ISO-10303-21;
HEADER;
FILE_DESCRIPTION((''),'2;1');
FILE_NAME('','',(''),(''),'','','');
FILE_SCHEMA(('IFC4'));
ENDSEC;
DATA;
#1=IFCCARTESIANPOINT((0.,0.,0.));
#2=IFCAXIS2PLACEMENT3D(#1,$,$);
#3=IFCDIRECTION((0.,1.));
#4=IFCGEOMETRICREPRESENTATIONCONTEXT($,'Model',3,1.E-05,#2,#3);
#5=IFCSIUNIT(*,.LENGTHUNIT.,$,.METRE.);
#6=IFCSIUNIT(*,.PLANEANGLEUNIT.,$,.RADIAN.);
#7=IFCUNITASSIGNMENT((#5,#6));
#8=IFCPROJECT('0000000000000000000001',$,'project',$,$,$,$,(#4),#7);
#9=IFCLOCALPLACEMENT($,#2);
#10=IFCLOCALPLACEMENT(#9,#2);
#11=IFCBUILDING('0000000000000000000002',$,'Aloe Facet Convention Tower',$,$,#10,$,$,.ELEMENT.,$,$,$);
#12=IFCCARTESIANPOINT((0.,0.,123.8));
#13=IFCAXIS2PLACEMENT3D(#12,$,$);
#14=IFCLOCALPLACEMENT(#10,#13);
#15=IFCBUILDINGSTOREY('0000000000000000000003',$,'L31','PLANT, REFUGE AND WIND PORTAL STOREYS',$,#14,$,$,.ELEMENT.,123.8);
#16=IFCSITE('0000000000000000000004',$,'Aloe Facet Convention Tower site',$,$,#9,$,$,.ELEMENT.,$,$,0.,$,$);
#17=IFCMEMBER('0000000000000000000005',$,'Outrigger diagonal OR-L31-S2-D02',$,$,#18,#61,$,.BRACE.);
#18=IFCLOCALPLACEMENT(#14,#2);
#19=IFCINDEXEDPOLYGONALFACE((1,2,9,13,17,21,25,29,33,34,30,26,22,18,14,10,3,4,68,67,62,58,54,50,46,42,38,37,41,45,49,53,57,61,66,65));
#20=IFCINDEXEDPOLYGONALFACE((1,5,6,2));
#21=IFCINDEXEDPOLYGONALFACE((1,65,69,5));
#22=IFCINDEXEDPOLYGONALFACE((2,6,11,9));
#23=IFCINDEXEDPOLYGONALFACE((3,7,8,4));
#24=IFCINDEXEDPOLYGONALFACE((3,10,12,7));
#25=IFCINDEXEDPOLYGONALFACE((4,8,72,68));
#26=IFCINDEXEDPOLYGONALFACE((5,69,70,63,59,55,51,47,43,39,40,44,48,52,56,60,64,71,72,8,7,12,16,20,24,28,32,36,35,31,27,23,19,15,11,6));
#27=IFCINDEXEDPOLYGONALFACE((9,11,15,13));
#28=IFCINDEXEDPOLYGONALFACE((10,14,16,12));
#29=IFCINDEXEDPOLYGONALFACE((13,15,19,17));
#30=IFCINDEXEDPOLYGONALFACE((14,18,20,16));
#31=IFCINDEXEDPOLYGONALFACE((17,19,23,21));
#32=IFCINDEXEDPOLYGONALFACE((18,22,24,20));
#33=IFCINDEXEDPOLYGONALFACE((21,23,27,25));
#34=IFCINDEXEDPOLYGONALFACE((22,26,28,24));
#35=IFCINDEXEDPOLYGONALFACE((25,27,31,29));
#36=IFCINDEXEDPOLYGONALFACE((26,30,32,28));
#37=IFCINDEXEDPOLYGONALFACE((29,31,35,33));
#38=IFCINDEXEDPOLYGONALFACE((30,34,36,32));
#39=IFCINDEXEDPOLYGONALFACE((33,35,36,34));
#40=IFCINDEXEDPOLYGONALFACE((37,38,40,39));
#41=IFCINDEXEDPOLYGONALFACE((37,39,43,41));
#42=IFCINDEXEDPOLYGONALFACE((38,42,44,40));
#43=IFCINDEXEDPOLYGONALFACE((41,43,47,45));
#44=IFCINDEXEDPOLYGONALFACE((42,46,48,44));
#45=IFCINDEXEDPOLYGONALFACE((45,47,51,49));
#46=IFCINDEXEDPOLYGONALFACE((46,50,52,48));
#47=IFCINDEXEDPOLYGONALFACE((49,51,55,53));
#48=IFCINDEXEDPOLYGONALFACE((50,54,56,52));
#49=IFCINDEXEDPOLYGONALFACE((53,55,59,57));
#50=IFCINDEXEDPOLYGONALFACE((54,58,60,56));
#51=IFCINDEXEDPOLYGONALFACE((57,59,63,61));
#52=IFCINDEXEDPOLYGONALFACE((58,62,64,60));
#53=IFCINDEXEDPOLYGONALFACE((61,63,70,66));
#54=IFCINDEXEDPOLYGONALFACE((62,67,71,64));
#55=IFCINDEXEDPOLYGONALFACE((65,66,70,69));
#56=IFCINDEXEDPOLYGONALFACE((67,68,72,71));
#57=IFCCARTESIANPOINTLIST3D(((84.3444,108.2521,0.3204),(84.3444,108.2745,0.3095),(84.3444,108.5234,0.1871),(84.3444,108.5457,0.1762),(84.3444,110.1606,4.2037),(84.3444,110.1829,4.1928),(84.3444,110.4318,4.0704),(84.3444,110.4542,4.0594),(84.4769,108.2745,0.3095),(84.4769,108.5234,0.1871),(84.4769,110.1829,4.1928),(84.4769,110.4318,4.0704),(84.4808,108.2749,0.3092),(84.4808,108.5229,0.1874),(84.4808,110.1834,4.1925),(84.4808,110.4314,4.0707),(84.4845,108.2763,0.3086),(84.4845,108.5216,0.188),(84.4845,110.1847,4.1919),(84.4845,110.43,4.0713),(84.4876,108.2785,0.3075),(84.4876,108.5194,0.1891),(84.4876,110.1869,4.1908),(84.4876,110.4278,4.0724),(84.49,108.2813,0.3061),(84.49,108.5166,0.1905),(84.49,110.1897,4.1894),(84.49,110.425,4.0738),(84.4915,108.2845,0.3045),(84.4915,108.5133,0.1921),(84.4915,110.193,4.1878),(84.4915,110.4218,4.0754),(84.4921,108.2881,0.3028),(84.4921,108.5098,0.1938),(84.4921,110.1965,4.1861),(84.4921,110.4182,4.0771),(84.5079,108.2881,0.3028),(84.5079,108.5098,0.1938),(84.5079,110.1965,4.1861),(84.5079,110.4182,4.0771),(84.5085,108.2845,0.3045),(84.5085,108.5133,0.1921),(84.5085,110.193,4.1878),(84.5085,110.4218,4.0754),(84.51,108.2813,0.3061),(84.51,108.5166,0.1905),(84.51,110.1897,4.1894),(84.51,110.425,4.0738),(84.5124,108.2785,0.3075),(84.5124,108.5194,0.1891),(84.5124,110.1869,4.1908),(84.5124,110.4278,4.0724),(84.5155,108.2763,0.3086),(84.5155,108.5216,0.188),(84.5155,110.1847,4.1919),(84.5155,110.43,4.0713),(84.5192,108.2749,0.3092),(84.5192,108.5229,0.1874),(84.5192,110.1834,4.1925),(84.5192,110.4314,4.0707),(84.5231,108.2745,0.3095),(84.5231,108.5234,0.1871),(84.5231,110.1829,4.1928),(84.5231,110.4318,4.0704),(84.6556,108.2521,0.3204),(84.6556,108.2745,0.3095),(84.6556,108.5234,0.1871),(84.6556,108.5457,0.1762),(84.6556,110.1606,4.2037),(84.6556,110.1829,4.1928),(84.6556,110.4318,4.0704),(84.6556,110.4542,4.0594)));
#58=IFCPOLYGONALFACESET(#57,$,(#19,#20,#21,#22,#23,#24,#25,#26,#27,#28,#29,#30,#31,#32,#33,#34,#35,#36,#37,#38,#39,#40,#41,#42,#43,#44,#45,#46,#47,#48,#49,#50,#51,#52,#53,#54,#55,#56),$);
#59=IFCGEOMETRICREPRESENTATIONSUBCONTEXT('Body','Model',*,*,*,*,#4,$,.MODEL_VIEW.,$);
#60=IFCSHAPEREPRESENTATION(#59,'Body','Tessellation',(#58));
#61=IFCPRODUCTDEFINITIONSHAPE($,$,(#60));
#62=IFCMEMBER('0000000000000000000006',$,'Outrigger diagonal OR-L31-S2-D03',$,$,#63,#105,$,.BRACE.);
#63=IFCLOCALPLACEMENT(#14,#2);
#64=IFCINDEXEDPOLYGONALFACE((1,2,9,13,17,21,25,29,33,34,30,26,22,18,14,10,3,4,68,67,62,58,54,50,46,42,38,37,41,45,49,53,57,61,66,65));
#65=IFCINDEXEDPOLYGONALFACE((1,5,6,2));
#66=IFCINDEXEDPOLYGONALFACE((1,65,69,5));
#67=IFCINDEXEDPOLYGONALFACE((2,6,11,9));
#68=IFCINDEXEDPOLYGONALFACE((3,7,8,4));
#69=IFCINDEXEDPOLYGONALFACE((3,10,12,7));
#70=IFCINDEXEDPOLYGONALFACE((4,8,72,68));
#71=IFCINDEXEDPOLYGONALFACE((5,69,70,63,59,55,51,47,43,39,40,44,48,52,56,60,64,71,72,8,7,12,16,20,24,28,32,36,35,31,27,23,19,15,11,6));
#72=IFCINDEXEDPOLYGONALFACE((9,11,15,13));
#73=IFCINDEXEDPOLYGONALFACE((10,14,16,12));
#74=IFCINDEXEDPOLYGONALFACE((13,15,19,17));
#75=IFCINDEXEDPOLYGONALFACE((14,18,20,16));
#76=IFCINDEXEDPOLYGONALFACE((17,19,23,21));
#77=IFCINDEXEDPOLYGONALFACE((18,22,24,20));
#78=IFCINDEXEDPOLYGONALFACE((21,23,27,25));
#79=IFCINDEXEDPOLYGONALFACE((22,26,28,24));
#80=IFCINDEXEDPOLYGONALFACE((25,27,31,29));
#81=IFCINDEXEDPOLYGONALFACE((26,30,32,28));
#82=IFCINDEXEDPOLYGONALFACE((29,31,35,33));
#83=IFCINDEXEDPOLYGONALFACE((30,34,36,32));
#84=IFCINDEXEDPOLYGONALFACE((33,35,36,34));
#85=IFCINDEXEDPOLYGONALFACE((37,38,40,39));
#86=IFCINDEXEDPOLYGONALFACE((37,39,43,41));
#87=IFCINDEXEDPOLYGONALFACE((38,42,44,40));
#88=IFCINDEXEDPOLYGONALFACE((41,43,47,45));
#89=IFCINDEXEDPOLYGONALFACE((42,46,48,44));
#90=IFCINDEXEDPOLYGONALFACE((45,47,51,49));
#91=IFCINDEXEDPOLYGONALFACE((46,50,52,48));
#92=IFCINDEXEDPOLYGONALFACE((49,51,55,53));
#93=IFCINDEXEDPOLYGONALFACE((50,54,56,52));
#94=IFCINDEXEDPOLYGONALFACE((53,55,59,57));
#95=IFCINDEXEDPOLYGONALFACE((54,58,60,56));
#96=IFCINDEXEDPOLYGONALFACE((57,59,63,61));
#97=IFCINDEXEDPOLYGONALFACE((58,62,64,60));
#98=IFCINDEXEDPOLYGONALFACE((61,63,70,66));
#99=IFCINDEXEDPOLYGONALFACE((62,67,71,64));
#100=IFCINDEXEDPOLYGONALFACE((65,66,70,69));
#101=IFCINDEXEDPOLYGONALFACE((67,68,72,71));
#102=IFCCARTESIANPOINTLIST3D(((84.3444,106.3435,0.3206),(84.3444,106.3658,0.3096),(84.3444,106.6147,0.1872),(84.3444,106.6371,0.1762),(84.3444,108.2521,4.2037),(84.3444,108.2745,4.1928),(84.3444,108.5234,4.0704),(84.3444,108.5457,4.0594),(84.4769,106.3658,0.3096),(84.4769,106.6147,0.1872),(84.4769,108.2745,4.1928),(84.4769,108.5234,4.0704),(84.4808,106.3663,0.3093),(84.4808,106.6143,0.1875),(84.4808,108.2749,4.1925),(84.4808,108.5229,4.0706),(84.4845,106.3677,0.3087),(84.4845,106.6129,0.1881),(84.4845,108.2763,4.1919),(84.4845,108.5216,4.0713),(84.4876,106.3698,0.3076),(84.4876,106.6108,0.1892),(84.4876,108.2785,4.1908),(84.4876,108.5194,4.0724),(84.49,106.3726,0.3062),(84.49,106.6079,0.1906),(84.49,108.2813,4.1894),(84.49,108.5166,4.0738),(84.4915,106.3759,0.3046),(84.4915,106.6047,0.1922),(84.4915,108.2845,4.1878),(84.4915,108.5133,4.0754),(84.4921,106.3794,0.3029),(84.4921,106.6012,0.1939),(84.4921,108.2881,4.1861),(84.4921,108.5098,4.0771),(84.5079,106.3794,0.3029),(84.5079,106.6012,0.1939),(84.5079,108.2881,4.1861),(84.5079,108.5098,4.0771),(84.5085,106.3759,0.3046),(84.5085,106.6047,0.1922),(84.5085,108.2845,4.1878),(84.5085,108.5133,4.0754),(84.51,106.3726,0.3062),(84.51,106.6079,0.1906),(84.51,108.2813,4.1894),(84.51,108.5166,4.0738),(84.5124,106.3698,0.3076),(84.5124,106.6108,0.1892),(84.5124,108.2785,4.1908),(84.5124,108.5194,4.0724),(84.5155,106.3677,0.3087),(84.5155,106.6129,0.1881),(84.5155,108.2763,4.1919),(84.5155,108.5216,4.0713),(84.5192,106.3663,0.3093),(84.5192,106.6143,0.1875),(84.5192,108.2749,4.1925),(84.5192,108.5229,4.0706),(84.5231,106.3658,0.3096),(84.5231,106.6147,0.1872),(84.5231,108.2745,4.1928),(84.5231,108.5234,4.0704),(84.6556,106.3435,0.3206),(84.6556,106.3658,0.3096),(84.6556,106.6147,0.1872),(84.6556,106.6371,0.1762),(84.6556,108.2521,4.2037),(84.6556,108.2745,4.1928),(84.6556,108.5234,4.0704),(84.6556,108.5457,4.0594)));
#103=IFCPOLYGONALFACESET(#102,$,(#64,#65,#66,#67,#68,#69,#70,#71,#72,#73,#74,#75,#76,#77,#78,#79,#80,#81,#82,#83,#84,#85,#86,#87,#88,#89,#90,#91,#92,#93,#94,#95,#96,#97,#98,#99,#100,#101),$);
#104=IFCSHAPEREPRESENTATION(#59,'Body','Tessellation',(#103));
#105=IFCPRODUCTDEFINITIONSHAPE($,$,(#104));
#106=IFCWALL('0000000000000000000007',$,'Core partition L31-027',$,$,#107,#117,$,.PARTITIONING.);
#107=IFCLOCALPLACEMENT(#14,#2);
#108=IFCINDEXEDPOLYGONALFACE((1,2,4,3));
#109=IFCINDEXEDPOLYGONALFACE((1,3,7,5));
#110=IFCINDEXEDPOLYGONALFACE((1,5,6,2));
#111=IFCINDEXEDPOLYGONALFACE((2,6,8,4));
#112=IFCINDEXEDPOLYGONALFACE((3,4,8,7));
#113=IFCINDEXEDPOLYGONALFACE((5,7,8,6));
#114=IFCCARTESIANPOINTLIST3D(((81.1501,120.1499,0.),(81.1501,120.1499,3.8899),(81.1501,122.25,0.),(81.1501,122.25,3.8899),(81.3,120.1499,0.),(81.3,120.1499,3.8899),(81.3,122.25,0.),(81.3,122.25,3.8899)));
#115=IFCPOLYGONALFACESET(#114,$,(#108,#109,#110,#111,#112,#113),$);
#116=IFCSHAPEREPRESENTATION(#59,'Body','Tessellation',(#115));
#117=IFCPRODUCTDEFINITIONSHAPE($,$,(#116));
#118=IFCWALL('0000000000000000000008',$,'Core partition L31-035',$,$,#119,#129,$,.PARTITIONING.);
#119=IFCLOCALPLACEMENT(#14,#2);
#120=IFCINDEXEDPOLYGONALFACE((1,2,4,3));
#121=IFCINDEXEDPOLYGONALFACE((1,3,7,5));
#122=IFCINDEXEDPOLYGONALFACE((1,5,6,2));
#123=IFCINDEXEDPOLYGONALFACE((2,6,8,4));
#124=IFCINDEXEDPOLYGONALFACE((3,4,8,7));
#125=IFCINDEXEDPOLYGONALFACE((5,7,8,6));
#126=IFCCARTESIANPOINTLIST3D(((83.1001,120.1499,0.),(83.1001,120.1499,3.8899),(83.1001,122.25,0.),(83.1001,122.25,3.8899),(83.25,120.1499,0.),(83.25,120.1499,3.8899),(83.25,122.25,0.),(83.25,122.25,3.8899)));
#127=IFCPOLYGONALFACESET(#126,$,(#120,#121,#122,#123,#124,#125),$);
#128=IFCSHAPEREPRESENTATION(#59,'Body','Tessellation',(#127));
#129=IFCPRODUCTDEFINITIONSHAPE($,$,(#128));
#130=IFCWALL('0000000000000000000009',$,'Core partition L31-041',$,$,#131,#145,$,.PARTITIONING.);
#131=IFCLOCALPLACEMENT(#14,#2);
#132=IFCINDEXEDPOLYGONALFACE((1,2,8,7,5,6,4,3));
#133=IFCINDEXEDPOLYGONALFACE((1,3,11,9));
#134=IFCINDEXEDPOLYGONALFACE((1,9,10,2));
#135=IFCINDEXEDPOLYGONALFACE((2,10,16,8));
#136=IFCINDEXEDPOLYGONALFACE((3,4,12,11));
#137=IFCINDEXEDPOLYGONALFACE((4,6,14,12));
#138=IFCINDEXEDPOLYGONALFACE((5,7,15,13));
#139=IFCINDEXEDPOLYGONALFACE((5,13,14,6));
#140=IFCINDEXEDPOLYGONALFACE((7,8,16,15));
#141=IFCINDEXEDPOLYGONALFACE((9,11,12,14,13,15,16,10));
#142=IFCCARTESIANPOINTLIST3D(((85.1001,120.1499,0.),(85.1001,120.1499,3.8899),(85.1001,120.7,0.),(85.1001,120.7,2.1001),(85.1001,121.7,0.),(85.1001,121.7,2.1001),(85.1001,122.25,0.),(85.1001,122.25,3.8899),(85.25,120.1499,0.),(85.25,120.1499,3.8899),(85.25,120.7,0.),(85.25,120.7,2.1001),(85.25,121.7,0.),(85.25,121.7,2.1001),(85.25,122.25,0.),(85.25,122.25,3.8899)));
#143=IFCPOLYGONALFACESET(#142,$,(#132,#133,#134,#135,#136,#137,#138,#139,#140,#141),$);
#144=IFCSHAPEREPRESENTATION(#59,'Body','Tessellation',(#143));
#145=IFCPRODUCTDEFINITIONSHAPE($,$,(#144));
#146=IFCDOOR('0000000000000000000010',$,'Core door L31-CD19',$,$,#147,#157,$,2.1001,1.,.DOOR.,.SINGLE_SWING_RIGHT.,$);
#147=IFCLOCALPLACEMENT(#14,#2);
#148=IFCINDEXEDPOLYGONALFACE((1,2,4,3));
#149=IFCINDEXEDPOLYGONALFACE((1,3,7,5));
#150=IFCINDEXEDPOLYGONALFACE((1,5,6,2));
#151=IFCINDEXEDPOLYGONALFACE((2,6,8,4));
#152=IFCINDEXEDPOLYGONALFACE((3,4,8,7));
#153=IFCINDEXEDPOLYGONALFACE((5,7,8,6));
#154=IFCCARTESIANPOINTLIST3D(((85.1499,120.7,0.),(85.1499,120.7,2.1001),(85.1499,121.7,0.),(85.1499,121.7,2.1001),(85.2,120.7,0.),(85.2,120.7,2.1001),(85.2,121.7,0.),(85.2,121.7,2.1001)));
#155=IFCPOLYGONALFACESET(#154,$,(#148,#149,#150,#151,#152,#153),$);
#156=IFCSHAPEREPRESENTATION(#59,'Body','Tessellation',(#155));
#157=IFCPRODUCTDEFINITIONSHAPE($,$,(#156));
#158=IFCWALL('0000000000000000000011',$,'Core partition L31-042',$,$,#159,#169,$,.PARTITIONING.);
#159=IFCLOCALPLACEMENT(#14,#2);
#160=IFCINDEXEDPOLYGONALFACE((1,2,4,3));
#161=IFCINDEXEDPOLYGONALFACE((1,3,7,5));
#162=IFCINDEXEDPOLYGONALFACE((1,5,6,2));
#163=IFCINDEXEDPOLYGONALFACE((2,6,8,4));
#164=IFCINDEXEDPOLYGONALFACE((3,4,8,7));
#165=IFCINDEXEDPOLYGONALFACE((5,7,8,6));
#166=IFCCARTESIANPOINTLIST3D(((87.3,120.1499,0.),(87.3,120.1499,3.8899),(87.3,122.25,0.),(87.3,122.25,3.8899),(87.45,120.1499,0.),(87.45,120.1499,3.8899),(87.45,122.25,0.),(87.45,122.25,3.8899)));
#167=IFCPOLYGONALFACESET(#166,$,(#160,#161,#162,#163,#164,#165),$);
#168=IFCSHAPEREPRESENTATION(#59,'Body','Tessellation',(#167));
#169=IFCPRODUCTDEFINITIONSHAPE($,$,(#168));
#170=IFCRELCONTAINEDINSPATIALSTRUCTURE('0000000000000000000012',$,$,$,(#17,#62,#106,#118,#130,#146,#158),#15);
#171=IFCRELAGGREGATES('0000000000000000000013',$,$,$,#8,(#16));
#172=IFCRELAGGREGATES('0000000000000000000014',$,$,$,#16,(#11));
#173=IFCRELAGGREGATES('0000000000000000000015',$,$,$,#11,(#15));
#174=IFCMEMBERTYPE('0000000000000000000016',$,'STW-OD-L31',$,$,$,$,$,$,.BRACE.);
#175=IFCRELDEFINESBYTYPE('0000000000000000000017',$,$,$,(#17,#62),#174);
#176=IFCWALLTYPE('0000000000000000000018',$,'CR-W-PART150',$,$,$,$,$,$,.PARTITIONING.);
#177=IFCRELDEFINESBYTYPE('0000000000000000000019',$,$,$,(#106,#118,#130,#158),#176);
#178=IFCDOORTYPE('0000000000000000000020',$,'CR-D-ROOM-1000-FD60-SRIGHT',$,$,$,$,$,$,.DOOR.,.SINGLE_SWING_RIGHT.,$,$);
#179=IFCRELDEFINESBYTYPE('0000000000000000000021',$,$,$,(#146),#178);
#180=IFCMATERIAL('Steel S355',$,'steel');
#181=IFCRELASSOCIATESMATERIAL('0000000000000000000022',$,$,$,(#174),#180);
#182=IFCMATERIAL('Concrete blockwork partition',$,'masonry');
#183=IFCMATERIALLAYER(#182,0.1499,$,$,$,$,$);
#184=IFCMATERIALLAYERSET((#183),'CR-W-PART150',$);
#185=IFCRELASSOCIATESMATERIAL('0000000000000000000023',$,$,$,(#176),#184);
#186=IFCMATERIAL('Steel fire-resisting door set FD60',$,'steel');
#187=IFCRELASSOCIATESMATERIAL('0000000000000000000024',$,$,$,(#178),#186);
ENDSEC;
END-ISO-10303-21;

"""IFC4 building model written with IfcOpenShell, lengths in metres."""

from ifc_helpers import new_model, si_unit, direction, frame, frame_2d, origin, origin_2d, place, context, subcontext, project, spatial, rectangle, i_section, extrude, material, layer, layer_set, material_profile, profile_set, type_object, element, fill, save


model = new_model("IFC4")

# Units and contexts
model_context = context("Model", 3, precision=1e-05, world=origin(), true_north=direction((0.0, 1.0)))
body_context = subcontext(model_context, "Body", "Model", "MODEL_VIEW")
ifc_project = project(units=[si_unit("LENGTHUNIT", "METRE"), si_unit("PLANEANGLEUNIT", "RADIAN")], contexts=[model_context])

# Site, building, storey
site_placement = place(None, origin())
site = spatial("IfcSite", under=ifc_project, at=site_placement, Name="Aloe Facet Convention Tower site", CompositionType="ELEMENT", RefElevation=0.0)
building_placement = place(site_placement, origin())
building = spatial("IfcBuilding", under=site, at=building_placement, Name="Aloe Facet Convention Tower", CompositionType="ELEMENT")
storey_placement = place(building_placement, frame((0.0, 0.0, 123.8)))
storey = spatial("IfcBuildingStorey", under=building, at=storey_placement, Name="L31", Description="PLANT, REFUGE AND WIND PORTAL STOREYS", CompositionType="ELEMENT", Elevation=123.8)

# Members
ifc_material_1 = material(Name="Steel S355", Category="steel")
ifc_material_profile_1 = material_profile(ifc_material_1, i_section(OverallWidth=0.3113, OverallDepth=0.3271, WebThickness=0.0159, FlangeThickness=0.0249, FilletRadius=0.0151, at=origin_2d()), Name="UC 305x305x158")
ifc_profile_set_1 = profile_set([ifc_material_profile_1], Name="Steel S355")
member_type = type_object("IfcMemberType", Name="STW-OD-L31", PredefinedType="BRACE", material=ifc_profile_set_1)
for number, where, z_axis, x_axis, name in (
    (1, (84.5, 110.3074, 4.1316), (0.0, -0.441064, -0.897476), (1.0, 0.0, 0.0), "Outrigger diagonal OR-L31-S2-D02"),
    (2, (84.5, 108.3989, 4.1316), (0.0, -0.44111, -0.897453), (1.0, 0.0, 0.0), "Outrigger diagonal OR-L31-S2-D03"),
):
    element("IfcMember", number, at=place(storey_placement, frame(where, z_axis=z_axis, x_axis=x_axis)), inside=storey, type_object=member_type, Name=name, PredefinedType="BRACE", context=body_context, shape_type="SweptSolid", body=[
        extrude(i_section(OverallWidth=0.3113, OverallDepth=0.3271, WebThickness=0.0159, FlangeThickness=0.0249, FilletRadius=0.0151, at=origin_2d()), origin(), (0.0, 0.0, 1.0), 4.3269),
    ])

# Walls
ifc_material_2 = material(Name="Concrete blockwork partition", Category="masonry")
ifc_layer_1 = layer(ifc_material_2, 0.1499)
ifc_layer_set_1 = layer_set([ifc_layer_1], Name="CR-W-PART150")
wall_type_1 = type_object("IfcWallType", Name="CR-W-PART150", PredefinedType="PARTITIONING", material=ifc_layer_set_1)
for number, where, z_axis, x_axis, name in (
    (3, (81.2251, 122.25, 0.0), (0.0, 0.0, 1.0), (0.0, -1.0, 0.0), "Core partition L31-027"),
    (4, (83.175, 122.25, 0.0), (0.0, 0.0, 1.0), (0.0, -1.0, 0.0), "Core partition L31-035"),
):
    element("IfcWall", number, at=place(storey_placement, frame(where, z_axis=z_axis, x_axis=x_axis)), inside=storey, type_object=wall_type_1, Name=name, PredefinedType="PARTITIONING", context=body_context, shape_type="SweptSolid", body=[
        extrude(rectangle(XDim=2.1001, YDim=0.1499, at=frame_2d((1.05, 0.0))), origin(), (0.0, 0.0, 1.0), 3.8899),
    ])

# Wall, opening, door
wall_1_placement = place(storey_placement, frame((85.175, 122.25, 0.0), z_axis=(0.0, 0.0, 1.0), x_axis=(0.0, -1.0, 0.0)))
wall_1 = element("IfcWall", 5, at=wall_1_placement, inside=storey, type_object=wall_type_1, Name="Core partition L31-041", PredefinedType="PARTITIONING", context=body_context, shape_type="SweptSolid", body=[
    extrude(rectangle(XDim=2.1001, YDim=0.1499, at=frame_2d((1.05, 0.0))), origin(), (0.0, 0.0, 1.0), 3.8899),
])
opening_1_placement = place(wall_1_placement, frame((0.55, 0.0, 0.0)))
opening_1 = element("IfcOpeningElement", 6, at=opening_1_placement, cuts=wall_1, PredefinedType="OPENING", context=body_context, shape_type="SweptSolid", body=[
    extrude(rectangle(XDim=1.0, YDim=2.1001, at=frame_2d((0.5, 1.05))), frame((0.0, 0.085, 0.0), z_axis=(0.0, -1.0, 0.0), x_axis=(1.0, 0.0, 0.0)), (0.0, 0.0, 1.0), 0.1699),
])
ifc_material_3 = material(Name="Steel fire-resisting door set FD60", Category="steel")
door_type_1 = type_object("IfcDoorType", Name="CR-D-ROOM-1000-FD60-SRIGHT", OperationType="SINGLE_SWING_RIGHT", PredefinedType="DOOR", material=ifc_material_3)
door_1_placement = place(opening_1_placement, origin())
door_1 = element("IfcDoor", 7, at=door_1_placement, inside=storey, type_object=door_type_1, Name="Core door L31-CD19", OperationType="SINGLE_SWING_RIGHT", OverallHeight=2.1001, OverallWidth=1.0, PredefinedType="DOOR", context=body_context, shape_type="SweptSolid", body=[
    extrude(rectangle(XDim=1.0, YDim=2.1001, at=frame_2d((0.5, 1.05))), frame((0.0, 0.0249, 0.0), z_axis=(0.0, -1.0, 0.0), x_axis=(1.0, 0.0, 0.0)), (0.0, 0.0, 1.0), 0.05),
])
fill(opening_1, door_1)

# Wall
wall_2_placement = place(storey_placement, frame((87.375, 122.25, 0.0), z_axis=(0.0, 0.0, 1.0), x_axis=(0.0, -1.0, 0.0)))
element("IfcWall", 8, at=wall_2_placement, inside=storey, type_object=wall_type_1, Name="Core partition L31-042", PredefinedType="PARTITIONING", context=body_context, shape_type="SweptSolid", body=[
    extrude(rectangle(XDim=2.1001, YDim=0.1499, at=frame_2d((1.05, 0.0))), origin(), (0.0, 0.0, 1.0), 3.8899),
])

save(model, "model.ifc")
